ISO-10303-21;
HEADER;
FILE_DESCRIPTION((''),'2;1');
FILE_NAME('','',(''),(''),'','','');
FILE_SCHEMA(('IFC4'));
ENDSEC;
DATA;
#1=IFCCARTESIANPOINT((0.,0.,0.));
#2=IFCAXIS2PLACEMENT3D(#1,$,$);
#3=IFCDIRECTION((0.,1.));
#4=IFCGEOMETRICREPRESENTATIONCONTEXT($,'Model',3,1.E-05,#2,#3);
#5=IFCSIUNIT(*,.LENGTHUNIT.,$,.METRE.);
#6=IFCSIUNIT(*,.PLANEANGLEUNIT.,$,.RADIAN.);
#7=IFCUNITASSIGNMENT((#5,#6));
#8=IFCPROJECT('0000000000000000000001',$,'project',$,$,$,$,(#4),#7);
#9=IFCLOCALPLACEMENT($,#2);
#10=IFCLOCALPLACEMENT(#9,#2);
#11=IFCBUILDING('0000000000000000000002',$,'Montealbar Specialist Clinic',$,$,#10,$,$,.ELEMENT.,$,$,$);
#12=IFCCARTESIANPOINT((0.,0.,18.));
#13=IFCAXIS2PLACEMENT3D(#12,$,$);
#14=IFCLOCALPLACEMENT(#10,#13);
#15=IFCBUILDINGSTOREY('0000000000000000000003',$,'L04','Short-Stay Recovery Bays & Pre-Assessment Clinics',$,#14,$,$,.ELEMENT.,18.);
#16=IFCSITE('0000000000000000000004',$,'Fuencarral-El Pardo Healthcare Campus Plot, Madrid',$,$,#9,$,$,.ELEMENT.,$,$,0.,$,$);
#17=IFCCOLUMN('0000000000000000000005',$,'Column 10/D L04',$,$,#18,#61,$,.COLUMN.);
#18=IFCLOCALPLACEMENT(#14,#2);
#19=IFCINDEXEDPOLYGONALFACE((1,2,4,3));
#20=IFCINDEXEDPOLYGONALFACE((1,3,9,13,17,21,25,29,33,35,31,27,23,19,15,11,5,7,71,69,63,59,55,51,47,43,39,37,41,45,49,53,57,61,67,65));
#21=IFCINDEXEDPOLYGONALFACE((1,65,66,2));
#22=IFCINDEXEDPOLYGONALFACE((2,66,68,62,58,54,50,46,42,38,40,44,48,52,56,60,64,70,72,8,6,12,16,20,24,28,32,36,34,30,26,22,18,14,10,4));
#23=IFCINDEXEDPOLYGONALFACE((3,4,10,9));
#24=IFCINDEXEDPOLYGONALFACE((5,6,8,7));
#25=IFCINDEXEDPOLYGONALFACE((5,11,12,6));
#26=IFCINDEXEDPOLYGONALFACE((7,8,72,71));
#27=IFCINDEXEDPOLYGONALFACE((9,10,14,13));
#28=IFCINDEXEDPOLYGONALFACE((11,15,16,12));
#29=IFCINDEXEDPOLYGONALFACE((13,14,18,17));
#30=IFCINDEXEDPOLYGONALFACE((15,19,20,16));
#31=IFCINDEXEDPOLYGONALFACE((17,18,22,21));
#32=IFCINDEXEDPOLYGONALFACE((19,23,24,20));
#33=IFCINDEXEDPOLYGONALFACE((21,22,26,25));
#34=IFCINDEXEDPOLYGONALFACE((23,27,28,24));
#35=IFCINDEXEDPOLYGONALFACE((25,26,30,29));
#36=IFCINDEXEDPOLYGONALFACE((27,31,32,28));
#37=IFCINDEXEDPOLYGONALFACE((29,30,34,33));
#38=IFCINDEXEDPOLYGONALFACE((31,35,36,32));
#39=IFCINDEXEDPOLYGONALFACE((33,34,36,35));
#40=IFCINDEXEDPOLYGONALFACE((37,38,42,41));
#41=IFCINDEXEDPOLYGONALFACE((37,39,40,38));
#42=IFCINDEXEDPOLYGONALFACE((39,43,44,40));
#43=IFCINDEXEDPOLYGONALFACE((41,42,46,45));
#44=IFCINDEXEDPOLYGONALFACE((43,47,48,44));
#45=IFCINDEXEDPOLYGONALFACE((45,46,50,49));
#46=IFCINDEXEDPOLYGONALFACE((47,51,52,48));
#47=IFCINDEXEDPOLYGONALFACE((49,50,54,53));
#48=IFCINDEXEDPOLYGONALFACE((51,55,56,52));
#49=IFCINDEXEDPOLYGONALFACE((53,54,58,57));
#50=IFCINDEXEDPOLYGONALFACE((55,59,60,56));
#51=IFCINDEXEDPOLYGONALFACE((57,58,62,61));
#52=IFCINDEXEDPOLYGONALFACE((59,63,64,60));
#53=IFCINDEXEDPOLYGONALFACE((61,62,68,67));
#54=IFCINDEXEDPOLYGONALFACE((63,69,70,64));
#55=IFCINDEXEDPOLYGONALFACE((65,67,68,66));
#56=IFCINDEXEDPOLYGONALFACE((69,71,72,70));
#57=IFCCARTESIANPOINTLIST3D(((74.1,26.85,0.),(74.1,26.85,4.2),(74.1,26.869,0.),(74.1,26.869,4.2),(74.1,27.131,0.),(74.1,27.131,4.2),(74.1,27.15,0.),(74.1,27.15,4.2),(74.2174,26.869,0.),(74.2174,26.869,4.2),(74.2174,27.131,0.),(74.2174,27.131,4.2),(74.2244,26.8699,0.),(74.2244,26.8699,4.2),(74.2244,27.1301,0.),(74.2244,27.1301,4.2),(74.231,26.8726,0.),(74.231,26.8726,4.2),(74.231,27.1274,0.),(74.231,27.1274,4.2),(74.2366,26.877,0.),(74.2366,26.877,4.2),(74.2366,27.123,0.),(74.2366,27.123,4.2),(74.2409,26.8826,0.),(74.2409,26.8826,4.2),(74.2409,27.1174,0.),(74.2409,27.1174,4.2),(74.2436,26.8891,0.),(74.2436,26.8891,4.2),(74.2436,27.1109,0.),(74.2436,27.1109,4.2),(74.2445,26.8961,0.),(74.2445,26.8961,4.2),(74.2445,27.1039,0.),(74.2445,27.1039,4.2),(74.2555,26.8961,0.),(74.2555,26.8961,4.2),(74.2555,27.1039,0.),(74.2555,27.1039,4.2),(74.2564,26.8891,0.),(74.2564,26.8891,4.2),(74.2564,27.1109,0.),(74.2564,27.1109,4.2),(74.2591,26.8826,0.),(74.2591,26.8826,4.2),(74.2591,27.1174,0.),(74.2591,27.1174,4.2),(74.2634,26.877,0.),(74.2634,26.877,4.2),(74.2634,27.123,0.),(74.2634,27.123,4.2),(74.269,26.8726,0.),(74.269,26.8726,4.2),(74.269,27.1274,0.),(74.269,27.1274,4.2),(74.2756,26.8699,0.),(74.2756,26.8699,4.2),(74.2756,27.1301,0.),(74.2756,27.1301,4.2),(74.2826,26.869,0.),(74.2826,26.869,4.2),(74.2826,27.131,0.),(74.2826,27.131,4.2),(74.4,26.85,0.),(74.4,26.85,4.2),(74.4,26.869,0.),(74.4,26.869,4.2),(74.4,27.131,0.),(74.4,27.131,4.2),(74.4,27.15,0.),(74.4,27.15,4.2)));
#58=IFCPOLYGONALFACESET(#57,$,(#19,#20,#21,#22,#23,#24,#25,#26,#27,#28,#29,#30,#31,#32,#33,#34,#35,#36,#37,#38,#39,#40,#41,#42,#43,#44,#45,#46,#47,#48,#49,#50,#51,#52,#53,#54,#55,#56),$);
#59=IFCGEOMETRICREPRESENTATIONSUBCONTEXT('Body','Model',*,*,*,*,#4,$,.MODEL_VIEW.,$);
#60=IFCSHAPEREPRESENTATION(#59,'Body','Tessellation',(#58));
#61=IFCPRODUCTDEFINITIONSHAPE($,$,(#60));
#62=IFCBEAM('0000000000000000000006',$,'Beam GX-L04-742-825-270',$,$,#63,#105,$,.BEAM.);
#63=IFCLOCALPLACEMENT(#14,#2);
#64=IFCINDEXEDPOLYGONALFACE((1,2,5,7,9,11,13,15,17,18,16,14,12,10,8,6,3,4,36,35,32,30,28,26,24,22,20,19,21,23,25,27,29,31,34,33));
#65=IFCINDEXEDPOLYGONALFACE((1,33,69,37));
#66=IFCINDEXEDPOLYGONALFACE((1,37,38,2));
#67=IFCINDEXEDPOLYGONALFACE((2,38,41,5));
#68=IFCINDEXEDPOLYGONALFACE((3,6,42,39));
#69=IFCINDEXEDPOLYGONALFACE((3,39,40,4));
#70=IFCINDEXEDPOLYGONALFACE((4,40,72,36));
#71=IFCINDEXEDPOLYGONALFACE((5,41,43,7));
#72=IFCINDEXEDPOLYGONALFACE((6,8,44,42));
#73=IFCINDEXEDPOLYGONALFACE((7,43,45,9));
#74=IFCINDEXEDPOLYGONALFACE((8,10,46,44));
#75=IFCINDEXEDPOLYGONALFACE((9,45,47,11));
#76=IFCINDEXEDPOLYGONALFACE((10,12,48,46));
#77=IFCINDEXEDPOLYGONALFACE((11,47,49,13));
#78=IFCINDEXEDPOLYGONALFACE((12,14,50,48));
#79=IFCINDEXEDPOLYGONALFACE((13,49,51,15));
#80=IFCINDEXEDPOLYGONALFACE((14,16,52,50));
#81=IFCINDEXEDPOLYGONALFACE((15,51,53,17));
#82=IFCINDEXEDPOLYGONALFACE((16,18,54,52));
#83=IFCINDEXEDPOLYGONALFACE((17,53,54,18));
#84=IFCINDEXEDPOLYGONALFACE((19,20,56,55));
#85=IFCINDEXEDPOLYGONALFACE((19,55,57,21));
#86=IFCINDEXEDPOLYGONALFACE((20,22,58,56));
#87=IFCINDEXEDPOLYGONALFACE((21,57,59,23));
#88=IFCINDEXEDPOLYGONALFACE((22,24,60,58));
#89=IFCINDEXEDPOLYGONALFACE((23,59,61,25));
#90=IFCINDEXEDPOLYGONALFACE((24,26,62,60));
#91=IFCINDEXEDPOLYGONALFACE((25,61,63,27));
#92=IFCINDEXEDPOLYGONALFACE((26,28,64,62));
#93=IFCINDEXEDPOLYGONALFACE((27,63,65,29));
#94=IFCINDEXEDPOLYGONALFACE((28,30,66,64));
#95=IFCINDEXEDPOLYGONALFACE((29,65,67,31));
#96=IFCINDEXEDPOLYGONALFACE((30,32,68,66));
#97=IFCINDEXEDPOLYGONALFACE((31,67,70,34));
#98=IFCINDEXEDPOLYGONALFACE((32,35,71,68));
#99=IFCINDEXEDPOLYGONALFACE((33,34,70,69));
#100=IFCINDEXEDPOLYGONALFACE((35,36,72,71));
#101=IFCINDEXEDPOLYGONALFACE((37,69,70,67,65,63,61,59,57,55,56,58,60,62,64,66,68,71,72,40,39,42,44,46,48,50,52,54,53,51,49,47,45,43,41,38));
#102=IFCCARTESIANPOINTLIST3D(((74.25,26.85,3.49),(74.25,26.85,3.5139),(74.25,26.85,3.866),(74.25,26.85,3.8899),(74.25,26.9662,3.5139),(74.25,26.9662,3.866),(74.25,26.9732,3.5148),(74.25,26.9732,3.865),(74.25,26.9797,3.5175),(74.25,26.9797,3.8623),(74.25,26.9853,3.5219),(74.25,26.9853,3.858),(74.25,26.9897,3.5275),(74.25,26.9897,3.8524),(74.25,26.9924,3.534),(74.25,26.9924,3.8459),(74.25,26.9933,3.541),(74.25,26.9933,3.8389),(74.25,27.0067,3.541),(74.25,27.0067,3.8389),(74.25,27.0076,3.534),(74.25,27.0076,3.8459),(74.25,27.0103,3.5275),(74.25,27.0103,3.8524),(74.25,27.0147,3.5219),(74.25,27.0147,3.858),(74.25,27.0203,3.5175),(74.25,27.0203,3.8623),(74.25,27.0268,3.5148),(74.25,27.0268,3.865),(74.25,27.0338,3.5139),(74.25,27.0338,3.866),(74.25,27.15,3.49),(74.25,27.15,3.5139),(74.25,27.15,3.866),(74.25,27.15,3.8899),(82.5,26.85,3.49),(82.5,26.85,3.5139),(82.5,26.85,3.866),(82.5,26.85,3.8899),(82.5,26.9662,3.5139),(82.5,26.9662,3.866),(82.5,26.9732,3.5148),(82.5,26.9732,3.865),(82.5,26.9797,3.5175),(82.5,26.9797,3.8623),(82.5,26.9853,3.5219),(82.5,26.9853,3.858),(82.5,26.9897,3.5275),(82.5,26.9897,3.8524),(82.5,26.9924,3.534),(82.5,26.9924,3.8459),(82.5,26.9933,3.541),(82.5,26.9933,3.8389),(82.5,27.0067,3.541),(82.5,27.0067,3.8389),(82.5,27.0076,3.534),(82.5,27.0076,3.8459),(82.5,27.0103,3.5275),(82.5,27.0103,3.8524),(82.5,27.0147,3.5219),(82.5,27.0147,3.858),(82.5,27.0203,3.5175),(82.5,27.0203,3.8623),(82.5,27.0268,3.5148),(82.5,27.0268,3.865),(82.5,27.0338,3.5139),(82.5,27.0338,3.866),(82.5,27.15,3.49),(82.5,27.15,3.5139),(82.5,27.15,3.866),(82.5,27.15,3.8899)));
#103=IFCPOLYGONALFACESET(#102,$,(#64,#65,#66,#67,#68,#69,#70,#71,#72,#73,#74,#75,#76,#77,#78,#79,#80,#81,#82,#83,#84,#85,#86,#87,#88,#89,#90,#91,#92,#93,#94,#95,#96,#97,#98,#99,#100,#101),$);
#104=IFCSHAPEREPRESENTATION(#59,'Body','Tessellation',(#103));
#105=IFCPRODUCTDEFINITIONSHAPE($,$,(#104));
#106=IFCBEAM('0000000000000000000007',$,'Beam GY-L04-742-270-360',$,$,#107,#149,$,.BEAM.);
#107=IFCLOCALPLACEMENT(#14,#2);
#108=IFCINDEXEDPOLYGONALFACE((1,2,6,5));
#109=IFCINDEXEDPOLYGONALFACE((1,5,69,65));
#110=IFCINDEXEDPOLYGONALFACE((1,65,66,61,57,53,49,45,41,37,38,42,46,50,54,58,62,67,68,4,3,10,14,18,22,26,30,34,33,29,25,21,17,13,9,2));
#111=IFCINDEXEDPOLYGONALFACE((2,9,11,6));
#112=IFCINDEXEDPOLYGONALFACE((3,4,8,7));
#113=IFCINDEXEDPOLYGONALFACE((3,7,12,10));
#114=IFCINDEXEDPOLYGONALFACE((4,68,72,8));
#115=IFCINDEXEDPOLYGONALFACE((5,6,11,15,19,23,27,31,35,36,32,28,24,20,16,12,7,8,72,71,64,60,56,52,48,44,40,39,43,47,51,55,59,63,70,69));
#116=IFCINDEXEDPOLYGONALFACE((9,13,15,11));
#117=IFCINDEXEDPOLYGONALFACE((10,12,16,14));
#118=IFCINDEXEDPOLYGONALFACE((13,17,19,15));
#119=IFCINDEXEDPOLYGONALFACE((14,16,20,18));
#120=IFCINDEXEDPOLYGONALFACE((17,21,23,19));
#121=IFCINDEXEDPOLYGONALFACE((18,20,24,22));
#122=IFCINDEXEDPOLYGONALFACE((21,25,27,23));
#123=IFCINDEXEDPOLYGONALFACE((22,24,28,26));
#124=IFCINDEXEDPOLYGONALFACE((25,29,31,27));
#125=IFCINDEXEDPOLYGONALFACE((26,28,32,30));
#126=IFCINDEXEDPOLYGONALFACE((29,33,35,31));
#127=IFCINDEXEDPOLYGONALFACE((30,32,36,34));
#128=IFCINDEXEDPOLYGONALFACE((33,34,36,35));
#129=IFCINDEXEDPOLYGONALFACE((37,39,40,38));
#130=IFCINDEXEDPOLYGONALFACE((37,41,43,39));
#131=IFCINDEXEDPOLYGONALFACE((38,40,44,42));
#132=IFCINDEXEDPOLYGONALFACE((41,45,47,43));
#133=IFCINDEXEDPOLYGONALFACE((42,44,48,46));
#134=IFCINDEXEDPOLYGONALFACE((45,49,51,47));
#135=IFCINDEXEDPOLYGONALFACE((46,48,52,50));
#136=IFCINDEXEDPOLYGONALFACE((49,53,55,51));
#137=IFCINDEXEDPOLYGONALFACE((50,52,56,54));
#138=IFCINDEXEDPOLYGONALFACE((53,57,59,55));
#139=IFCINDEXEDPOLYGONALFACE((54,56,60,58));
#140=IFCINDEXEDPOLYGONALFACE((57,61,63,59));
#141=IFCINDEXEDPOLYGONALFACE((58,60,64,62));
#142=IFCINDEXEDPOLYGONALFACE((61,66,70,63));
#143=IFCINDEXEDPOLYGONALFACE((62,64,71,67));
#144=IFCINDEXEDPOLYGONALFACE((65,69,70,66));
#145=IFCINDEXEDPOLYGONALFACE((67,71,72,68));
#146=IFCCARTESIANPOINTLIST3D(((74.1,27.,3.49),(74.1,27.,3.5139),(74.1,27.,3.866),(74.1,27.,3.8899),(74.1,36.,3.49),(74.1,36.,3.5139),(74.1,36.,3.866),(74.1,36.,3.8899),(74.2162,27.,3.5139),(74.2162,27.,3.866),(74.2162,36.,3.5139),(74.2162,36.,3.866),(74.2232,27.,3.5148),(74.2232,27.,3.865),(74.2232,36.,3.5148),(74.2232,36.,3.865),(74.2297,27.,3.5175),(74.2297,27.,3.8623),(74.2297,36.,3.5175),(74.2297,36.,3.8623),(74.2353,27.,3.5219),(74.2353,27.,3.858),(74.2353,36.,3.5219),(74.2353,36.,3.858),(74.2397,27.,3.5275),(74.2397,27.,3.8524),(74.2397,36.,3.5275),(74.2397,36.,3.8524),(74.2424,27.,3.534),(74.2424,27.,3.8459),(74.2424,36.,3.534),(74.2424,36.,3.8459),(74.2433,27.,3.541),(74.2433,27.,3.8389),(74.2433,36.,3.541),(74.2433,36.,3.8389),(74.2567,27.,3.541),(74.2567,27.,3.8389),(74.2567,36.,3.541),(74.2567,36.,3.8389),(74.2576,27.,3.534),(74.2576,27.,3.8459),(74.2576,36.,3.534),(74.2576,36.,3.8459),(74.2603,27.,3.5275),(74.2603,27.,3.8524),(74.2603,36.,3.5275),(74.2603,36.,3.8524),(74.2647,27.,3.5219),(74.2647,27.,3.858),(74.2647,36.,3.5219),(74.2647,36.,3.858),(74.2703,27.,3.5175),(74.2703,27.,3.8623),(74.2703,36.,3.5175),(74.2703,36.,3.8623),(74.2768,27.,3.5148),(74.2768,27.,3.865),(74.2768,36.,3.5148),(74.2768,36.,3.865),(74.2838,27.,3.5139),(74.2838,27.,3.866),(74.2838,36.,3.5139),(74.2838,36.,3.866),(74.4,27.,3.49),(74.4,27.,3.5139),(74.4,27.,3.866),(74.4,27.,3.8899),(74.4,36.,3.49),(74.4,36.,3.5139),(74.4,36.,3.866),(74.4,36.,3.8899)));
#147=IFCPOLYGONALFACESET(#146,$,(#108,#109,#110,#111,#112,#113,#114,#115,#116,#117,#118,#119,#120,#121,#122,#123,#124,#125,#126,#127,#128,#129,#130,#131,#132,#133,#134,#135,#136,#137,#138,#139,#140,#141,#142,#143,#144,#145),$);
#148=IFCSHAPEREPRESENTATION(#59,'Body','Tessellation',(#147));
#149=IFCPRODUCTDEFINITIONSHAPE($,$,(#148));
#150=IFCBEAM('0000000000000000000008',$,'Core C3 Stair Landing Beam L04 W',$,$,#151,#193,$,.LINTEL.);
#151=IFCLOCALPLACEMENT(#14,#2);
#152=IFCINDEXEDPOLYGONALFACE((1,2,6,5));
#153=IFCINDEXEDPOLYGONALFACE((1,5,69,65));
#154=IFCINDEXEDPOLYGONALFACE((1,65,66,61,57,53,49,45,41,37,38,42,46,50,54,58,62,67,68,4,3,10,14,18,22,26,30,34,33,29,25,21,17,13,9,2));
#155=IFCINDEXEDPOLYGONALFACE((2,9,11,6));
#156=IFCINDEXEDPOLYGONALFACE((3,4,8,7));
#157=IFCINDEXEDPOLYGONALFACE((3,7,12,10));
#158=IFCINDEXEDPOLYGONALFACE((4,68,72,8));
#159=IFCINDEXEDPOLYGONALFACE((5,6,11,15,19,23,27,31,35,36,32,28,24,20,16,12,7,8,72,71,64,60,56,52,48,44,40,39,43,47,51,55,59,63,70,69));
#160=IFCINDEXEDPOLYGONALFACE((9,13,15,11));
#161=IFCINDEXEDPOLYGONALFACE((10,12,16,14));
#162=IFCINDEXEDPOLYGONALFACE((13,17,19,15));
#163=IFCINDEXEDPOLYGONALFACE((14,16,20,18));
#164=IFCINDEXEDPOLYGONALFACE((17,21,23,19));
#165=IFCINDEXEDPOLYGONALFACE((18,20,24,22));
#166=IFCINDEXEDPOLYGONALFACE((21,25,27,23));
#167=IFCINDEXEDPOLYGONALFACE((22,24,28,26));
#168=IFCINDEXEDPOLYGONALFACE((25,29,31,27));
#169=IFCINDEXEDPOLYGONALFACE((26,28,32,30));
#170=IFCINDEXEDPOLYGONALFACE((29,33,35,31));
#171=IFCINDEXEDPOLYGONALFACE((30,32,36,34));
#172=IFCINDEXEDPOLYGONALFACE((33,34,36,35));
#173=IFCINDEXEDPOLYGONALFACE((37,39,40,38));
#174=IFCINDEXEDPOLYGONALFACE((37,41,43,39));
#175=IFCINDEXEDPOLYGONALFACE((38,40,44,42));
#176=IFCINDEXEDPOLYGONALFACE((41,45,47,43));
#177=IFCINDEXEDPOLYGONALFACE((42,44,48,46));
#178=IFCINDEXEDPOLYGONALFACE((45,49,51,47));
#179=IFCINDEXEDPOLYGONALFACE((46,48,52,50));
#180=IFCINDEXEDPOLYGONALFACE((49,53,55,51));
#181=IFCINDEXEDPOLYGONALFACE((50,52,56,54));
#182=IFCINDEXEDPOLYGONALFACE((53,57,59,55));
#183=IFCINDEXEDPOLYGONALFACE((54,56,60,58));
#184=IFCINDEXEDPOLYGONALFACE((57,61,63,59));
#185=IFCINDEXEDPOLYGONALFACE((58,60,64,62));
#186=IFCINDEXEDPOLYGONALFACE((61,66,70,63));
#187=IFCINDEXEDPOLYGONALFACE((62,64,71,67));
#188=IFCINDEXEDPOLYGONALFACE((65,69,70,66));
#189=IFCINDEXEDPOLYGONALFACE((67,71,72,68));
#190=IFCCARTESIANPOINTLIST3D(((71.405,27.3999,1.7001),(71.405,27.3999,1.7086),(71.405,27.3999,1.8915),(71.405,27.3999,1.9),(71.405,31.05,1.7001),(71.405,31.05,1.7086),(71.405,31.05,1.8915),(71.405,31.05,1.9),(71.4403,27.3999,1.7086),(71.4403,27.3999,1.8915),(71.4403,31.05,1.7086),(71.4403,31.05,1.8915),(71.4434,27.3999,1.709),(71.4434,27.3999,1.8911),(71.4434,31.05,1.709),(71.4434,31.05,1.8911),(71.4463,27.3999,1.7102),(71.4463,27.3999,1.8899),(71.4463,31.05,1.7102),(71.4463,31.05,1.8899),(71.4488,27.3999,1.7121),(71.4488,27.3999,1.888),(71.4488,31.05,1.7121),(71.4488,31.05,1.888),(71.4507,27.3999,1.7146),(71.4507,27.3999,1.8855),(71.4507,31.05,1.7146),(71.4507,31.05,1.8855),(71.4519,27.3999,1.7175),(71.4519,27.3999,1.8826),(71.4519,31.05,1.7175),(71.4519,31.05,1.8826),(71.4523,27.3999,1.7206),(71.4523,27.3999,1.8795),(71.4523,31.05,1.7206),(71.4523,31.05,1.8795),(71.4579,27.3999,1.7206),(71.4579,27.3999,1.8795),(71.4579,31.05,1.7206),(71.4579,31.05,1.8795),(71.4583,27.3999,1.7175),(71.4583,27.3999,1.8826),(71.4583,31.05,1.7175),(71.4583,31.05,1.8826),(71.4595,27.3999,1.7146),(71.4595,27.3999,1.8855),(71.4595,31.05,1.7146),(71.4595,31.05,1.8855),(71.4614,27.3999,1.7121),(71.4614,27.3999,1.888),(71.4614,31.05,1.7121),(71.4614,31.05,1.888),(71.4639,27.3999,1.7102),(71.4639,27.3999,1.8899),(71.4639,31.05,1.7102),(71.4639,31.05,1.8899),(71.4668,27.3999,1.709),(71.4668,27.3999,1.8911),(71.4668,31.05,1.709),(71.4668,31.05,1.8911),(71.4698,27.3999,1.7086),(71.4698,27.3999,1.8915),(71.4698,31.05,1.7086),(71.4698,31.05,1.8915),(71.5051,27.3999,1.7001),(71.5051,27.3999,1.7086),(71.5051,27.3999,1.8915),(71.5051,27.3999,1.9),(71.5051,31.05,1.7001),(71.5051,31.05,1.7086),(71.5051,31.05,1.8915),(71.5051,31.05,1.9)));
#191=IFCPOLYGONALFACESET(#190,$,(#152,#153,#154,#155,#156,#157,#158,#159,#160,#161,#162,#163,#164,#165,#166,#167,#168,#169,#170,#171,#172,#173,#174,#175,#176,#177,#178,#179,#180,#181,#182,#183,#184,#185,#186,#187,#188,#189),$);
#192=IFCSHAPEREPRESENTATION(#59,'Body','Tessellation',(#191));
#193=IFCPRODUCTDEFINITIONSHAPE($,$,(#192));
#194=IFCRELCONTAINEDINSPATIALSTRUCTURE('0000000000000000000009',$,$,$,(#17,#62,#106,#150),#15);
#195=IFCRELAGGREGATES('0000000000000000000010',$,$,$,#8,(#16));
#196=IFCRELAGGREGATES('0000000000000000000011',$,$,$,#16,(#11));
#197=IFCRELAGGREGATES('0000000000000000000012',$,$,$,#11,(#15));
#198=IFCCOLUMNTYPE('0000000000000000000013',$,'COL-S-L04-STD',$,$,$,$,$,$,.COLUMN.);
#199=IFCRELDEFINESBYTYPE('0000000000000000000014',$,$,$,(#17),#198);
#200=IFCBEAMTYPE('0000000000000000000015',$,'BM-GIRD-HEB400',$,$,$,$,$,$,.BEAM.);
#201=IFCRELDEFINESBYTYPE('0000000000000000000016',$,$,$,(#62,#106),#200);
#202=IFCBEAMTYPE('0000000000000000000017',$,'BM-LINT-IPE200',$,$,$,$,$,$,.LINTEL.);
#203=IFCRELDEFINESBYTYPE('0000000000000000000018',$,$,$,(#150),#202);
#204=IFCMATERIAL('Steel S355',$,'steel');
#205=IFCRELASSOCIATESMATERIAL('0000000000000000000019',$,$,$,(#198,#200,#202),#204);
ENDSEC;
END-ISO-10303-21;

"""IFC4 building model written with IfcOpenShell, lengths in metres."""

from ifc_helpers import new_model, si_unit, direction, frame, origin, origin_2d, place, context, subcontext, project, spatial, i_section, extrude, material, material_profile, profile_set, type_object, element, save


model = new_model("IFC4")

# Units and contexts
model_context = context("Model", 3, precision=1e-05, world=origin(), true_north=direction((0.0, 1.0)))
body_context = subcontext(model_context, "Body", "Model", "MODEL_VIEW")
ifc_project = project(units=[si_unit("LENGTHUNIT", "METRE"), si_unit("PLANEANGLEUNIT", "RADIAN")], contexts=[model_context])

# Site, building, storey
site_placement = place(None, origin())
site = spatial("IfcSite", under=ifc_project, at=site_placement, Name="Fuencarral-El Pardo Healthcare Campus Plot, Madrid", CompositionType="ELEMENT", RefElevation=0.0)
building_placement = place(site_placement, origin())
building = spatial("IfcBuilding", under=site, at=building_placement, Name="Montealbar Specialist Clinic", CompositionType="ELEMENT")
storey_placement = place(building_placement, frame((0.0, 0.0, 18.0)))
storey = spatial("IfcBuildingStorey", under=building, at=storey_placement, Name="L04", Description="Short-Stay Recovery Bays & Pre-Assessment Clinics", CompositionType="ELEMENT", Elevation=18.0)

# Column
ifc_material_1 = material(Name="Steel S355", Category="steel")
ifc_material_profile_1 = material_profile(ifc_material_1, i_section(OverallWidth=0.3, OverallDepth=0.3, WebThickness=0.011, FlangeThickness=0.019, FilletRadius=0.0271, at=origin_2d()), Name="HEB 300", Category="steel")
ifc_profile_set_1 = profile_set([ifc_material_profile_1], Name="Steel S355")
column_type = type_object("IfcColumnType", Name="COL-S-L04-STD", PredefinedType="COLUMN", material=ifc_profile_set_1)
column_placement = place(storey_placement, frame((74.25, 27.0, 0.0), z_axis=(0.0, 0.0, 1.0), x_axis=(1.0, 0.0, 0.0)))
element("IfcColumn", 1, at=column_placement, inside=storey, type_object=column_type, Name="Column 10/D L04", PredefinedType="COLUMN", context=body_context, shape_type="SweptSolid", body=[
    extrude(i_section(OverallWidth=0.3, OverallDepth=0.3, WebThickness=0.011, FlangeThickness=0.019, FilletRadius=0.0271, at=origin_2d()), origin(), (0.0, 0.0, 1.0), 4.2),
])

# Beams
ifc_material_profile_2 = material_profile(ifc_material_1, i_section(OverallWidth=0.3, OverallDepth=0.3999, WebThickness=0.0134, FlangeThickness=0.0239, FilletRadius=0.0271, at=origin_2d()), Name="HEB 400", Category="steel")
ifc_profile_set_2 = profile_set([ifc_material_profile_2], Name="Steel S355")
beam_type_1 = type_object("IfcBeamType", Name="BM-GIRD-HEB400", PredefinedType="BEAM", material=ifc_profile_set_2)
beam_1_placement = place(storey_placement, frame((74.25, 27.0, 3.6899), z_axis=(1.0, 0.0, 0.0), x_axis=(0.0, 1.0, 0.0)))
element("IfcBeam", 2, at=beam_1_placement, inside=storey, type_object=beam_type_1, Name="Beam GX-L04-742-825-270", PredefinedType="BEAM", context=body_context, shape_type="SweptSolid", body=[
    extrude(i_section(OverallWidth=0.3, OverallDepth=0.3999, WebThickness=0.0134, FlangeThickness=0.0239, FilletRadius=0.0271, at=origin_2d()), origin(), (0.0, 0.0, 1.0), 8.25),
])
beam_2_placement = place(storey_placement, frame((74.25, 27.0, 3.6899), z_axis=(0.0, 1.0, 0.0), x_axis=(-1.0, 0.0, 0.0)))
element("IfcBeam", 3, at=beam_2_placement, inside=storey, type_object=beam_type_1, Name="Beam GY-L04-742-270-360", PredefinedType="BEAM", context=body_context, shape_type="SweptSolid", body=[
    extrude(i_section(OverallWidth=0.3, OverallDepth=0.3999, WebThickness=0.0134, FlangeThickness=0.0239, FilletRadius=0.0271, at=origin_2d()), origin(), (0.0, 0.0, 1.0), 9.0),
])
ifc_material_profile_3 = material_profile(ifc_material_1, i_section(OverallWidth=0.1001, OverallDepth=0.2, WebThickness=0.0056, FlangeThickness=0.0085, FilletRadius=0.012, at=origin_2d()), Name="IPE 200", Category="steel")
ifc_profile_set_3 = profile_set([ifc_material_profile_3], Name="Steel S355")
beam_type_2 = type_object("IfcBeamType", Name="BM-LINT-IPE200", PredefinedType="LINTEL", material=ifc_profile_set_3)
for number, where, z_axis, x_axis, name in (
    (4, (71.4551, 27.3999, 1.8), (0.0, 1.0, 0.0), (-1.0, 0.0, 0.0), "Core C3 Stair Landing Beam L04 W"),
):
    element("IfcBeam", number, at=place(storey_placement, frame(where, z_axis=z_axis, x_axis=x_axis)), inside=storey, type_object=beam_type_2, Name=name, PredefinedType="LINTEL", context=body_context, shape_type="SweptSolid", body=[
        extrude(i_section(OverallWidth=0.1001, OverallDepth=0.2, WebThickness=0.0056, FlangeThickness=0.0085, FilletRadius=0.012, at=origin_2d()), origin(), (0.0, 0.0, 1.0), 3.6501),
    ])

save(model, "model.ifc")
